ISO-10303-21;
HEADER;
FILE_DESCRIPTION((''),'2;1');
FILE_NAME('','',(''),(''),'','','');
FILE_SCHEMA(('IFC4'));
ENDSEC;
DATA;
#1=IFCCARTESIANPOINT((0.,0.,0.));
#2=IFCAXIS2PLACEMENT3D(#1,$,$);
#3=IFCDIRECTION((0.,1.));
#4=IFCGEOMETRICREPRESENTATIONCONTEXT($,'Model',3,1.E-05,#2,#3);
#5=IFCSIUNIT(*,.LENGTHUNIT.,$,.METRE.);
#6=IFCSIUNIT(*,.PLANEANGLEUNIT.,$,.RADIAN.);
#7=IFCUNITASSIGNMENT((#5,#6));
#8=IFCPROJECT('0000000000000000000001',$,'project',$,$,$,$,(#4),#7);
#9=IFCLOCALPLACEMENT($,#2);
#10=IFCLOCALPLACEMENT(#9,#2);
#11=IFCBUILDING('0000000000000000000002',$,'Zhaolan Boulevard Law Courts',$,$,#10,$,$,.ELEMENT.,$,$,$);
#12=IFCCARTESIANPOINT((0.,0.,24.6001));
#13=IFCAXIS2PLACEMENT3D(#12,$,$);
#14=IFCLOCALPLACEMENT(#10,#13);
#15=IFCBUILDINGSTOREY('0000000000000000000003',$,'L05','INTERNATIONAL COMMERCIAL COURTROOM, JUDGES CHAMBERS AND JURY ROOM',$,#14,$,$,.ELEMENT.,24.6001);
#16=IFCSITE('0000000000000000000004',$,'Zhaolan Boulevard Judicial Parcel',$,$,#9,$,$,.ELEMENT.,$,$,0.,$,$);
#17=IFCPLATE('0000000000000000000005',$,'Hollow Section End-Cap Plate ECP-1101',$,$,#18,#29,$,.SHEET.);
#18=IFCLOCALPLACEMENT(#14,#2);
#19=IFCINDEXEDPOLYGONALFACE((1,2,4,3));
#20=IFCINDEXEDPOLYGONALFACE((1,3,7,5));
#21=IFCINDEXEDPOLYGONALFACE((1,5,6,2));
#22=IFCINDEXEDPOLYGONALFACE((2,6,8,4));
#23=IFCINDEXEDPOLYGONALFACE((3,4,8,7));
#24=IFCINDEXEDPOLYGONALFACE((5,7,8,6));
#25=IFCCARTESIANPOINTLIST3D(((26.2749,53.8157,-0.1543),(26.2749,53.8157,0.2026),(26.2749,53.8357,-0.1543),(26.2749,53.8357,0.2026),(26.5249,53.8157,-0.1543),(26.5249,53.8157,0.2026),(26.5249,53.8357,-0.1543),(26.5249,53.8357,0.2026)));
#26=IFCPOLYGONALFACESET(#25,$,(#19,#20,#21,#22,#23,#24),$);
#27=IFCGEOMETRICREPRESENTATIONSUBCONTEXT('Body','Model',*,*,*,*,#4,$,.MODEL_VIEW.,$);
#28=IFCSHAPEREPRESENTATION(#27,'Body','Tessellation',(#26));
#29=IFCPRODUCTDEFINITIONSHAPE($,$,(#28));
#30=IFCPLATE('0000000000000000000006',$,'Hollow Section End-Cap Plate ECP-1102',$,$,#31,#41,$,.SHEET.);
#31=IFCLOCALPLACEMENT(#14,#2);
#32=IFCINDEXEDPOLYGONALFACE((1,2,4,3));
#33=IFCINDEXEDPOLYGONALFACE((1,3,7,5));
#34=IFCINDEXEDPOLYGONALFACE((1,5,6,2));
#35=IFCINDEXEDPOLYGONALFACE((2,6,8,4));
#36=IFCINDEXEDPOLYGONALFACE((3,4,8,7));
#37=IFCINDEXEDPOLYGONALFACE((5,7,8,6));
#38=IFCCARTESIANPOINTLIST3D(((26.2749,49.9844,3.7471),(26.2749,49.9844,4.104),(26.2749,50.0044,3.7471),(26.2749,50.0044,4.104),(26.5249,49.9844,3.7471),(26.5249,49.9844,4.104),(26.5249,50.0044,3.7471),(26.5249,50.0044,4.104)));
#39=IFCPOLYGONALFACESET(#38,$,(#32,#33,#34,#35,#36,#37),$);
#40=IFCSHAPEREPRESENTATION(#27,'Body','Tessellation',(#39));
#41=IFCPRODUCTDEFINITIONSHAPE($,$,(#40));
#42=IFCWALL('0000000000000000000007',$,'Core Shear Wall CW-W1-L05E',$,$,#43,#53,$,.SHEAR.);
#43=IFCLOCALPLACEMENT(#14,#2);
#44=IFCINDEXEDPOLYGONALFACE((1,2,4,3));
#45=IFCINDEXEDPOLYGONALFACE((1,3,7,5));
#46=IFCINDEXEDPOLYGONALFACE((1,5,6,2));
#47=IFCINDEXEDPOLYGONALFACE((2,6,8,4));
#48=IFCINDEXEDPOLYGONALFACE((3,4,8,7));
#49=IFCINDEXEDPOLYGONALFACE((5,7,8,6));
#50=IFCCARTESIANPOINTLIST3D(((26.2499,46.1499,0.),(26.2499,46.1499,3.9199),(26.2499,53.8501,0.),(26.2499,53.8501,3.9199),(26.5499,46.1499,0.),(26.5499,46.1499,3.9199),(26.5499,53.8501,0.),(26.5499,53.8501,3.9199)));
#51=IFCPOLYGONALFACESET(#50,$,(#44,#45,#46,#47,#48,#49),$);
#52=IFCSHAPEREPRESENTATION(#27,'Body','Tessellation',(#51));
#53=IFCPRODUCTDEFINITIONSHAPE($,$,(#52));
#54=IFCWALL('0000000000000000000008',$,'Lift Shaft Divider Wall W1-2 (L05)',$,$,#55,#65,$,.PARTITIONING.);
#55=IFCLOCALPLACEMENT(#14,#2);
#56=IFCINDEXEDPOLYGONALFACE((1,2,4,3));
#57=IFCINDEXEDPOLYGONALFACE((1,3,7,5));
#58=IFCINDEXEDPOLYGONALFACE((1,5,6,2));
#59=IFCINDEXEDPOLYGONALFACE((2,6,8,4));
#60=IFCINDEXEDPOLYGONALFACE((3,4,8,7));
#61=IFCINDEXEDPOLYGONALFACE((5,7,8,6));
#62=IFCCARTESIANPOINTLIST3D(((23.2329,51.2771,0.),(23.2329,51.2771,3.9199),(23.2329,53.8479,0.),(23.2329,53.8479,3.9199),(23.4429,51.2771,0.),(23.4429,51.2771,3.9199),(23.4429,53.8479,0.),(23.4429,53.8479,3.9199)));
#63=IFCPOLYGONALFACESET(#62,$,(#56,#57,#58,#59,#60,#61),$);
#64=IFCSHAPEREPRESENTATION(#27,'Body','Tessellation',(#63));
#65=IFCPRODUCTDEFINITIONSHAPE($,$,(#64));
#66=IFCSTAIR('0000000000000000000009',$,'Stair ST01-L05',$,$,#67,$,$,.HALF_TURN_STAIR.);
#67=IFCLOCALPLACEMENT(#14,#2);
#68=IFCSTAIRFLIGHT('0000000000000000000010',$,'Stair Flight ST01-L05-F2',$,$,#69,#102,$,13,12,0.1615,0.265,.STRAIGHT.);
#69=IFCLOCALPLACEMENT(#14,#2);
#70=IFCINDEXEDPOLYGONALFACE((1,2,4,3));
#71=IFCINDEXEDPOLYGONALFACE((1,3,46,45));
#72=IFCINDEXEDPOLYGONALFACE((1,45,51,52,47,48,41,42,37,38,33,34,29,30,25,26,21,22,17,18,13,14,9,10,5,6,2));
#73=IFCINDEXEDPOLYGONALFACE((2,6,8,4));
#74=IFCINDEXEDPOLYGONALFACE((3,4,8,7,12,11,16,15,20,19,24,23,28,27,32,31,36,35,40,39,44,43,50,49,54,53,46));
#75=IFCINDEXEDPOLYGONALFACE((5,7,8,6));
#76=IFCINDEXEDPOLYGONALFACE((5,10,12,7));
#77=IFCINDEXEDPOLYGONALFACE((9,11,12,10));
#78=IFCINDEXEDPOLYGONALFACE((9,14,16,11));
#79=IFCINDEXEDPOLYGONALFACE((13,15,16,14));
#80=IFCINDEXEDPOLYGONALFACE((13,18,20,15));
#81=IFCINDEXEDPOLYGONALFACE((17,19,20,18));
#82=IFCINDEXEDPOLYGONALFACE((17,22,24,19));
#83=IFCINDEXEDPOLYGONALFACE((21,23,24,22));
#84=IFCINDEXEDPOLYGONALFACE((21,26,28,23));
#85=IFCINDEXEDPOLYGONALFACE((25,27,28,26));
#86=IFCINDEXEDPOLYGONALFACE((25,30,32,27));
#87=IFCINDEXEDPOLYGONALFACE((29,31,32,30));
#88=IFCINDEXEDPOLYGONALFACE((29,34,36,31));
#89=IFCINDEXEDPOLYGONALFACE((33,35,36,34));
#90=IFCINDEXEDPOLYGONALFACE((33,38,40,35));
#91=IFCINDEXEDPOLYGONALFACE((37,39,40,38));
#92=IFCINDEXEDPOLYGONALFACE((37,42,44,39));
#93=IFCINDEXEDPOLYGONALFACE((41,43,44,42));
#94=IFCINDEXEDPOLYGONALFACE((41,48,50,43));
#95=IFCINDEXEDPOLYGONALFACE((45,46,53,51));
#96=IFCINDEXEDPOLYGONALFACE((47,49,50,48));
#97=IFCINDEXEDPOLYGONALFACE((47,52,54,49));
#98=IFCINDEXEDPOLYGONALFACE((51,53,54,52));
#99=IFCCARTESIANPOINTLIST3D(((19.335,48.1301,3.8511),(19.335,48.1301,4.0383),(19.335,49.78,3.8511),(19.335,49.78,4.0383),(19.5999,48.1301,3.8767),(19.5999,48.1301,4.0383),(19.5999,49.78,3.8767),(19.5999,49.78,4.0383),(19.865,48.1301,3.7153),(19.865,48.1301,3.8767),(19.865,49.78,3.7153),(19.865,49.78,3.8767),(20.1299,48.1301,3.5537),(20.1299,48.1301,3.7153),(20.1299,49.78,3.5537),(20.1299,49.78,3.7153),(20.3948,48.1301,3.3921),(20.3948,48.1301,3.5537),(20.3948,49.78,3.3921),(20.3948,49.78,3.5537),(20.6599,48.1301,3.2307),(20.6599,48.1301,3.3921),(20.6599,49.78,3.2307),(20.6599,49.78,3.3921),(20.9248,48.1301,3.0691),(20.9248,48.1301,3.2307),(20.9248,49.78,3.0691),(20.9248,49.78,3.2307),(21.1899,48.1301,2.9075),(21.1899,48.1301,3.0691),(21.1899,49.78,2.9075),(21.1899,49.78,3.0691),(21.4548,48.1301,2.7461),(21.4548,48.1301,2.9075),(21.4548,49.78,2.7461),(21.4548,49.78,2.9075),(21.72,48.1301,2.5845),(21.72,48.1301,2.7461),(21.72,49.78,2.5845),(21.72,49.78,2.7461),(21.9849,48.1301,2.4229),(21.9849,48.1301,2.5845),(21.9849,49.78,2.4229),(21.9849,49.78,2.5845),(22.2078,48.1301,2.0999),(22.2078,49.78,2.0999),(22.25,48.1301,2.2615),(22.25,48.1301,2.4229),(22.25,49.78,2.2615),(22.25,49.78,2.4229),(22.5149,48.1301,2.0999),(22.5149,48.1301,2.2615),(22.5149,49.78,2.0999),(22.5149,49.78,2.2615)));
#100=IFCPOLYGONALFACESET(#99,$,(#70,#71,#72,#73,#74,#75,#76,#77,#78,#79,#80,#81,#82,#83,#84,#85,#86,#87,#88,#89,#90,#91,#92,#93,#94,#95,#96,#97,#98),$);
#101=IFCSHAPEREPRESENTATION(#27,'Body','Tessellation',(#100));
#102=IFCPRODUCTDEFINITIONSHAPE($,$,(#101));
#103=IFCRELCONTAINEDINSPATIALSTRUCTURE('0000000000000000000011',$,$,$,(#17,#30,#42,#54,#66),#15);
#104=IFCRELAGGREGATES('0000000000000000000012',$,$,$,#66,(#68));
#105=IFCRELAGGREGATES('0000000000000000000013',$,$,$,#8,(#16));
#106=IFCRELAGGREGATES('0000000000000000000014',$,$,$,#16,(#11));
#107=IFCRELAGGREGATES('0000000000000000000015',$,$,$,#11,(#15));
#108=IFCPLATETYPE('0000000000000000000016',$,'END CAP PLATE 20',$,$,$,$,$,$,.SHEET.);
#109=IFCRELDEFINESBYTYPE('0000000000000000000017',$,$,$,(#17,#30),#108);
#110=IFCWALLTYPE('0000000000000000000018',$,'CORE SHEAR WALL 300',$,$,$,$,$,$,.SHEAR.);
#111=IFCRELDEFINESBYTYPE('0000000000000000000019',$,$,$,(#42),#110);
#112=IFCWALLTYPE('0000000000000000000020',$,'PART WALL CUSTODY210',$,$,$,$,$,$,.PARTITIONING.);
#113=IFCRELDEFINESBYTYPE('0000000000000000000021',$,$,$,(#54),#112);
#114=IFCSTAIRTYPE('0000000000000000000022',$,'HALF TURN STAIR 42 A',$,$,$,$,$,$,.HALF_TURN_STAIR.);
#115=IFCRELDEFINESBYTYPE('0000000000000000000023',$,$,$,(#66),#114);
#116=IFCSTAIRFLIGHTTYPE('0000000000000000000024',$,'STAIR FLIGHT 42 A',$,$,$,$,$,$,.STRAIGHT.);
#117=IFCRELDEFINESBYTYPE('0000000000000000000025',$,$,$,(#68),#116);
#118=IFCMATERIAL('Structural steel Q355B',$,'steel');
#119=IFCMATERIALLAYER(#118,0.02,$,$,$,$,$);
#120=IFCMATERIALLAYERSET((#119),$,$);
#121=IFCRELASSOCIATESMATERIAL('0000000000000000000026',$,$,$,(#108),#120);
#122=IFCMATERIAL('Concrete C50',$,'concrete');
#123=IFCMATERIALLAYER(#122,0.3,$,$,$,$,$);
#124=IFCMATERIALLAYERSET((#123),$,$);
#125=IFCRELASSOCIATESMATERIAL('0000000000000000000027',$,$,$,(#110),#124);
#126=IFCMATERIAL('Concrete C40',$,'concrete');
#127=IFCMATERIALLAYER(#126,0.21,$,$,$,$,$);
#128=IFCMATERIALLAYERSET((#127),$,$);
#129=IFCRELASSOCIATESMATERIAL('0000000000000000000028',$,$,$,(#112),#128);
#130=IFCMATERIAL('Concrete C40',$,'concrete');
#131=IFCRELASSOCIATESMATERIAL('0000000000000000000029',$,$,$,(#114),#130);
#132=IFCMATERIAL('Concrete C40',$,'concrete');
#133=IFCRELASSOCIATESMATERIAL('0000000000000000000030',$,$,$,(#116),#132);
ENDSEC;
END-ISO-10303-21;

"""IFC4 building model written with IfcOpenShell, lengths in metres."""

from ifc_helpers import new_model, si_unit, direction, frame, frame_2d, origin, origin_2d, place, context, subcontext, project, spatial, polyline, rectangle, outline, extrude, material, layer, layer_set, type_object, element, aggregate, save


model = new_model("IFC4")

# Units and contexts
model_context = context("Model", 3, precision=1e-05, world=origin(), true_north=direction((0.0, 1.0)))
body_context = subcontext(model_context, "Body", "Model", "MODEL_VIEW")
ifc_project = project(units=[si_unit("LENGTHUNIT", "METRE"), si_unit("PLANEANGLEUNIT", "RADIAN")], contexts=[model_context])

# Site, building, storey
site_placement = place(None, origin())
site = spatial("IfcSite", under=ifc_project, at=site_placement, Name="Zhaolan Boulevard Judicial Parcel", CompositionType="ELEMENT", RefElevation=0.0)
building_placement = place(site_placement, origin())
building = spatial("IfcBuilding", under=site, at=building_placement, Name="Zhaolan Boulevard Law Courts", CompositionType="ELEMENT")
storey_placement = place(building_placement, frame((0.0, 0.0, 24.6001)))
storey = spatial("IfcBuildingStorey", under=building, at=storey_placement, Name="L05", Description="INTERNATIONAL COMMERCIAL COURTROOM, JUDGES CHAMBERS AND JURY ROOM", CompositionType="ELEMENT", Elevation=24.6001)

# Plates
ifc_material_1 = material(Name="Structural steel Q355B", Category="steel")
ifc_layer_1 = layer(ifc_material_1, 0.02)
ifc_layer_set_1 = layer_set([ifc_layer_1])
plate_type_1 = type_object("IfcPlateType", Name="END CAP PLATE 20", PredefinedType="SHEET", material=ifc_layer_set_1)
for number, where, z_axis, x_axis, name in (
    (1, (26.3999, 53.8257, -0.1543), (0.0, 0.0, 1.0), (0.0, -1.0, 0.0), "Hollow Section End-Cap Plate ECP-1101"),
    (2, (26.3999, 49.9944, 3.7471), (0.0, 0.0, 1.0), (0.0, -1.0, 0.0), "Hollow Section End-Cap Plate ECP-1102"),
):
    element("IfcPlate", number, at=place(storey_placement, frame(where, z_axis=z_axis, x_axis=x_axis)), inside=storey, type_object=plate_type_1, Name=name, PredefinedType="SHEET", context=body_context, shape_type="SweptSolid", body=[
        extrude(rectangle(XDim=0.02, YDim=0.25, at=origin_2d()), origin(), (0.0, 0.0, 1.0), 0.3569),
    ])

# Walls
ifc_material_2 = material(Name="Concrete C50", Category="concrete")
ifc_layer_2 = layer(ifc_material_2, 0.3)
ifc_layer_set_2 = layer_set([ifc_layer_2])
wall_type_1 = type_object("IfcWallType", Name="CORE SHEAR WALL 300", PredefinedType="SHEAR", material=ifc_layer_set_2)
wall_1_placement = place(storey_placement, frame((26.3999, 46.1499, 0.0), z_axis=(0.0, 0.0, 1.0), x_axis=(0.0, 1.0, 0.0)))
element("IfcWall", 3, at=wall_1_placement, inside=storey, type_object=wall_type_1, Name="Core Shear Wall CW-W1-L05E", PredefinedType="SHEAR", context=body_context, shape_type="SweptSolid", body=[
    extrude(rectangle(XDim=7.7002, YDim=0.3, at=frame_2d((3.8501, 0.0))), origin(), (0.0, 0.0, 1.0), 3.9199),
])
ifc_material_3 = material(Name="Concrete C40", Category="concrete")
ifc_layer_3 = layer(ifc_material_3, 0.21)
ifc_layer_set_3 = layer_set([ifc_layer_3])
wall_type_2 = type_object("IfcWallType", Name="PART WALL CUSTODY210", PredefinedType="PARTITIONING", material=ifc_layer_set_3)
wall_2_placement = place(storey_placement, frame((23.3379, 51.2771, 0.0), z_axis=(0.0, 0.0, 1.0), x_axis=(0.0, 1.0, 0.0)))
element("IfcWall", 4, at=wall_2_placement, inside=storey, type_object=wall_type_2, Name="Lift Shaft Divider Wall W1-2 (L05)", PredefinedType="PARTITIONING", context=body_context, shape_type="SweptSolid", body=[
    extrude(rectangle(XDim=2.5708, YDim=0.21, at=frame_2d((1.2854, 0.0))), origin(), (0.0, 0.0, 1.0), 3.9199),
])

# Stair, stair flight
ifc_material_4 = material(Name="Concrete C40", Category="concrete")
stair_type = type_object("IfcStairType", Name="HALF TURN STAIR 42 A", PredefinedType="HALF_TURN_STAIR", material=ifc_material_4)
stair_placement = place(storey_placement, origin())
stair = element("IfcStair", 5, at=stair_placement, inside=storey, type_object=stair_type, Name="Stair ST01-L05", PredefinedType="HALF_TURN_STAIR")
ifc_material_5 = material(Name="Concrete C40", Category="concrete")
stair_flight_type = type_object("IfcStairFlightType", Name="STAIR FLIGHT 42 A", PredefinedType="STRAIGHT", material=ifc_material_5)
stair_flight_placement = place(storey_placement, frame((22.5149, 48.9551, 2.0999), z_axis=(0.0, 0.0, 1.0), x_axis=(-1.0, 0.0, 0.0)))
stair_flight = element("IfcStairFlight", 6, at=stair_flight_placement, type_object=stair_flight_type, Name="Stair Flight ST01-L05-F2", NumberOfRisers=13, NumberOfTreads=12, PredefinedType="STRAIGHT", RiserHeight=0.1615, TreadLength=0.265, context=body_context, shape_type="SweptSolid", body=[
    extrude(outline(polyline([(0.0, 0.0), (0.0, 0.1616), (0.2649, 0.1616), (0.2649, 0.323), (0.53, 0.323), (0.53, 0.4846), (0.7949, 0.4846), (0.7949, 0.6462), (1.0601, 0.6462), (1.0601, 0.8076), (1.325, 0.8076), (1.325, 0.9692), (1.5901, 0.9692), (1.5901, 1.1309), (1.855, 1.1309), (1.855, 1.2922), (2.1201, 1.2922), (2.1201, 1.4539), (2.385, 1.4539), (2.385, 1.6155), (2.6499, 1.6155), (2.6499, 1.7769), (2.915, 1.7769), (2.915, 1.9385), (3.1799, 1.9385), (3.1799, 2.1001), (3.1799, 1.7512), (0.3071, 0.0), (0.0, 0.0)])), frame((0.0, 0.825, 0.0), z_axis=(0.0, -1.0, 0.0), x_axis=(1.0, 0.0, 0.0)), (0.0, 0.0, 1.0), 1.6499),
])
aggregate(stair, [stair_flight])

save(model, "model.ifc")
